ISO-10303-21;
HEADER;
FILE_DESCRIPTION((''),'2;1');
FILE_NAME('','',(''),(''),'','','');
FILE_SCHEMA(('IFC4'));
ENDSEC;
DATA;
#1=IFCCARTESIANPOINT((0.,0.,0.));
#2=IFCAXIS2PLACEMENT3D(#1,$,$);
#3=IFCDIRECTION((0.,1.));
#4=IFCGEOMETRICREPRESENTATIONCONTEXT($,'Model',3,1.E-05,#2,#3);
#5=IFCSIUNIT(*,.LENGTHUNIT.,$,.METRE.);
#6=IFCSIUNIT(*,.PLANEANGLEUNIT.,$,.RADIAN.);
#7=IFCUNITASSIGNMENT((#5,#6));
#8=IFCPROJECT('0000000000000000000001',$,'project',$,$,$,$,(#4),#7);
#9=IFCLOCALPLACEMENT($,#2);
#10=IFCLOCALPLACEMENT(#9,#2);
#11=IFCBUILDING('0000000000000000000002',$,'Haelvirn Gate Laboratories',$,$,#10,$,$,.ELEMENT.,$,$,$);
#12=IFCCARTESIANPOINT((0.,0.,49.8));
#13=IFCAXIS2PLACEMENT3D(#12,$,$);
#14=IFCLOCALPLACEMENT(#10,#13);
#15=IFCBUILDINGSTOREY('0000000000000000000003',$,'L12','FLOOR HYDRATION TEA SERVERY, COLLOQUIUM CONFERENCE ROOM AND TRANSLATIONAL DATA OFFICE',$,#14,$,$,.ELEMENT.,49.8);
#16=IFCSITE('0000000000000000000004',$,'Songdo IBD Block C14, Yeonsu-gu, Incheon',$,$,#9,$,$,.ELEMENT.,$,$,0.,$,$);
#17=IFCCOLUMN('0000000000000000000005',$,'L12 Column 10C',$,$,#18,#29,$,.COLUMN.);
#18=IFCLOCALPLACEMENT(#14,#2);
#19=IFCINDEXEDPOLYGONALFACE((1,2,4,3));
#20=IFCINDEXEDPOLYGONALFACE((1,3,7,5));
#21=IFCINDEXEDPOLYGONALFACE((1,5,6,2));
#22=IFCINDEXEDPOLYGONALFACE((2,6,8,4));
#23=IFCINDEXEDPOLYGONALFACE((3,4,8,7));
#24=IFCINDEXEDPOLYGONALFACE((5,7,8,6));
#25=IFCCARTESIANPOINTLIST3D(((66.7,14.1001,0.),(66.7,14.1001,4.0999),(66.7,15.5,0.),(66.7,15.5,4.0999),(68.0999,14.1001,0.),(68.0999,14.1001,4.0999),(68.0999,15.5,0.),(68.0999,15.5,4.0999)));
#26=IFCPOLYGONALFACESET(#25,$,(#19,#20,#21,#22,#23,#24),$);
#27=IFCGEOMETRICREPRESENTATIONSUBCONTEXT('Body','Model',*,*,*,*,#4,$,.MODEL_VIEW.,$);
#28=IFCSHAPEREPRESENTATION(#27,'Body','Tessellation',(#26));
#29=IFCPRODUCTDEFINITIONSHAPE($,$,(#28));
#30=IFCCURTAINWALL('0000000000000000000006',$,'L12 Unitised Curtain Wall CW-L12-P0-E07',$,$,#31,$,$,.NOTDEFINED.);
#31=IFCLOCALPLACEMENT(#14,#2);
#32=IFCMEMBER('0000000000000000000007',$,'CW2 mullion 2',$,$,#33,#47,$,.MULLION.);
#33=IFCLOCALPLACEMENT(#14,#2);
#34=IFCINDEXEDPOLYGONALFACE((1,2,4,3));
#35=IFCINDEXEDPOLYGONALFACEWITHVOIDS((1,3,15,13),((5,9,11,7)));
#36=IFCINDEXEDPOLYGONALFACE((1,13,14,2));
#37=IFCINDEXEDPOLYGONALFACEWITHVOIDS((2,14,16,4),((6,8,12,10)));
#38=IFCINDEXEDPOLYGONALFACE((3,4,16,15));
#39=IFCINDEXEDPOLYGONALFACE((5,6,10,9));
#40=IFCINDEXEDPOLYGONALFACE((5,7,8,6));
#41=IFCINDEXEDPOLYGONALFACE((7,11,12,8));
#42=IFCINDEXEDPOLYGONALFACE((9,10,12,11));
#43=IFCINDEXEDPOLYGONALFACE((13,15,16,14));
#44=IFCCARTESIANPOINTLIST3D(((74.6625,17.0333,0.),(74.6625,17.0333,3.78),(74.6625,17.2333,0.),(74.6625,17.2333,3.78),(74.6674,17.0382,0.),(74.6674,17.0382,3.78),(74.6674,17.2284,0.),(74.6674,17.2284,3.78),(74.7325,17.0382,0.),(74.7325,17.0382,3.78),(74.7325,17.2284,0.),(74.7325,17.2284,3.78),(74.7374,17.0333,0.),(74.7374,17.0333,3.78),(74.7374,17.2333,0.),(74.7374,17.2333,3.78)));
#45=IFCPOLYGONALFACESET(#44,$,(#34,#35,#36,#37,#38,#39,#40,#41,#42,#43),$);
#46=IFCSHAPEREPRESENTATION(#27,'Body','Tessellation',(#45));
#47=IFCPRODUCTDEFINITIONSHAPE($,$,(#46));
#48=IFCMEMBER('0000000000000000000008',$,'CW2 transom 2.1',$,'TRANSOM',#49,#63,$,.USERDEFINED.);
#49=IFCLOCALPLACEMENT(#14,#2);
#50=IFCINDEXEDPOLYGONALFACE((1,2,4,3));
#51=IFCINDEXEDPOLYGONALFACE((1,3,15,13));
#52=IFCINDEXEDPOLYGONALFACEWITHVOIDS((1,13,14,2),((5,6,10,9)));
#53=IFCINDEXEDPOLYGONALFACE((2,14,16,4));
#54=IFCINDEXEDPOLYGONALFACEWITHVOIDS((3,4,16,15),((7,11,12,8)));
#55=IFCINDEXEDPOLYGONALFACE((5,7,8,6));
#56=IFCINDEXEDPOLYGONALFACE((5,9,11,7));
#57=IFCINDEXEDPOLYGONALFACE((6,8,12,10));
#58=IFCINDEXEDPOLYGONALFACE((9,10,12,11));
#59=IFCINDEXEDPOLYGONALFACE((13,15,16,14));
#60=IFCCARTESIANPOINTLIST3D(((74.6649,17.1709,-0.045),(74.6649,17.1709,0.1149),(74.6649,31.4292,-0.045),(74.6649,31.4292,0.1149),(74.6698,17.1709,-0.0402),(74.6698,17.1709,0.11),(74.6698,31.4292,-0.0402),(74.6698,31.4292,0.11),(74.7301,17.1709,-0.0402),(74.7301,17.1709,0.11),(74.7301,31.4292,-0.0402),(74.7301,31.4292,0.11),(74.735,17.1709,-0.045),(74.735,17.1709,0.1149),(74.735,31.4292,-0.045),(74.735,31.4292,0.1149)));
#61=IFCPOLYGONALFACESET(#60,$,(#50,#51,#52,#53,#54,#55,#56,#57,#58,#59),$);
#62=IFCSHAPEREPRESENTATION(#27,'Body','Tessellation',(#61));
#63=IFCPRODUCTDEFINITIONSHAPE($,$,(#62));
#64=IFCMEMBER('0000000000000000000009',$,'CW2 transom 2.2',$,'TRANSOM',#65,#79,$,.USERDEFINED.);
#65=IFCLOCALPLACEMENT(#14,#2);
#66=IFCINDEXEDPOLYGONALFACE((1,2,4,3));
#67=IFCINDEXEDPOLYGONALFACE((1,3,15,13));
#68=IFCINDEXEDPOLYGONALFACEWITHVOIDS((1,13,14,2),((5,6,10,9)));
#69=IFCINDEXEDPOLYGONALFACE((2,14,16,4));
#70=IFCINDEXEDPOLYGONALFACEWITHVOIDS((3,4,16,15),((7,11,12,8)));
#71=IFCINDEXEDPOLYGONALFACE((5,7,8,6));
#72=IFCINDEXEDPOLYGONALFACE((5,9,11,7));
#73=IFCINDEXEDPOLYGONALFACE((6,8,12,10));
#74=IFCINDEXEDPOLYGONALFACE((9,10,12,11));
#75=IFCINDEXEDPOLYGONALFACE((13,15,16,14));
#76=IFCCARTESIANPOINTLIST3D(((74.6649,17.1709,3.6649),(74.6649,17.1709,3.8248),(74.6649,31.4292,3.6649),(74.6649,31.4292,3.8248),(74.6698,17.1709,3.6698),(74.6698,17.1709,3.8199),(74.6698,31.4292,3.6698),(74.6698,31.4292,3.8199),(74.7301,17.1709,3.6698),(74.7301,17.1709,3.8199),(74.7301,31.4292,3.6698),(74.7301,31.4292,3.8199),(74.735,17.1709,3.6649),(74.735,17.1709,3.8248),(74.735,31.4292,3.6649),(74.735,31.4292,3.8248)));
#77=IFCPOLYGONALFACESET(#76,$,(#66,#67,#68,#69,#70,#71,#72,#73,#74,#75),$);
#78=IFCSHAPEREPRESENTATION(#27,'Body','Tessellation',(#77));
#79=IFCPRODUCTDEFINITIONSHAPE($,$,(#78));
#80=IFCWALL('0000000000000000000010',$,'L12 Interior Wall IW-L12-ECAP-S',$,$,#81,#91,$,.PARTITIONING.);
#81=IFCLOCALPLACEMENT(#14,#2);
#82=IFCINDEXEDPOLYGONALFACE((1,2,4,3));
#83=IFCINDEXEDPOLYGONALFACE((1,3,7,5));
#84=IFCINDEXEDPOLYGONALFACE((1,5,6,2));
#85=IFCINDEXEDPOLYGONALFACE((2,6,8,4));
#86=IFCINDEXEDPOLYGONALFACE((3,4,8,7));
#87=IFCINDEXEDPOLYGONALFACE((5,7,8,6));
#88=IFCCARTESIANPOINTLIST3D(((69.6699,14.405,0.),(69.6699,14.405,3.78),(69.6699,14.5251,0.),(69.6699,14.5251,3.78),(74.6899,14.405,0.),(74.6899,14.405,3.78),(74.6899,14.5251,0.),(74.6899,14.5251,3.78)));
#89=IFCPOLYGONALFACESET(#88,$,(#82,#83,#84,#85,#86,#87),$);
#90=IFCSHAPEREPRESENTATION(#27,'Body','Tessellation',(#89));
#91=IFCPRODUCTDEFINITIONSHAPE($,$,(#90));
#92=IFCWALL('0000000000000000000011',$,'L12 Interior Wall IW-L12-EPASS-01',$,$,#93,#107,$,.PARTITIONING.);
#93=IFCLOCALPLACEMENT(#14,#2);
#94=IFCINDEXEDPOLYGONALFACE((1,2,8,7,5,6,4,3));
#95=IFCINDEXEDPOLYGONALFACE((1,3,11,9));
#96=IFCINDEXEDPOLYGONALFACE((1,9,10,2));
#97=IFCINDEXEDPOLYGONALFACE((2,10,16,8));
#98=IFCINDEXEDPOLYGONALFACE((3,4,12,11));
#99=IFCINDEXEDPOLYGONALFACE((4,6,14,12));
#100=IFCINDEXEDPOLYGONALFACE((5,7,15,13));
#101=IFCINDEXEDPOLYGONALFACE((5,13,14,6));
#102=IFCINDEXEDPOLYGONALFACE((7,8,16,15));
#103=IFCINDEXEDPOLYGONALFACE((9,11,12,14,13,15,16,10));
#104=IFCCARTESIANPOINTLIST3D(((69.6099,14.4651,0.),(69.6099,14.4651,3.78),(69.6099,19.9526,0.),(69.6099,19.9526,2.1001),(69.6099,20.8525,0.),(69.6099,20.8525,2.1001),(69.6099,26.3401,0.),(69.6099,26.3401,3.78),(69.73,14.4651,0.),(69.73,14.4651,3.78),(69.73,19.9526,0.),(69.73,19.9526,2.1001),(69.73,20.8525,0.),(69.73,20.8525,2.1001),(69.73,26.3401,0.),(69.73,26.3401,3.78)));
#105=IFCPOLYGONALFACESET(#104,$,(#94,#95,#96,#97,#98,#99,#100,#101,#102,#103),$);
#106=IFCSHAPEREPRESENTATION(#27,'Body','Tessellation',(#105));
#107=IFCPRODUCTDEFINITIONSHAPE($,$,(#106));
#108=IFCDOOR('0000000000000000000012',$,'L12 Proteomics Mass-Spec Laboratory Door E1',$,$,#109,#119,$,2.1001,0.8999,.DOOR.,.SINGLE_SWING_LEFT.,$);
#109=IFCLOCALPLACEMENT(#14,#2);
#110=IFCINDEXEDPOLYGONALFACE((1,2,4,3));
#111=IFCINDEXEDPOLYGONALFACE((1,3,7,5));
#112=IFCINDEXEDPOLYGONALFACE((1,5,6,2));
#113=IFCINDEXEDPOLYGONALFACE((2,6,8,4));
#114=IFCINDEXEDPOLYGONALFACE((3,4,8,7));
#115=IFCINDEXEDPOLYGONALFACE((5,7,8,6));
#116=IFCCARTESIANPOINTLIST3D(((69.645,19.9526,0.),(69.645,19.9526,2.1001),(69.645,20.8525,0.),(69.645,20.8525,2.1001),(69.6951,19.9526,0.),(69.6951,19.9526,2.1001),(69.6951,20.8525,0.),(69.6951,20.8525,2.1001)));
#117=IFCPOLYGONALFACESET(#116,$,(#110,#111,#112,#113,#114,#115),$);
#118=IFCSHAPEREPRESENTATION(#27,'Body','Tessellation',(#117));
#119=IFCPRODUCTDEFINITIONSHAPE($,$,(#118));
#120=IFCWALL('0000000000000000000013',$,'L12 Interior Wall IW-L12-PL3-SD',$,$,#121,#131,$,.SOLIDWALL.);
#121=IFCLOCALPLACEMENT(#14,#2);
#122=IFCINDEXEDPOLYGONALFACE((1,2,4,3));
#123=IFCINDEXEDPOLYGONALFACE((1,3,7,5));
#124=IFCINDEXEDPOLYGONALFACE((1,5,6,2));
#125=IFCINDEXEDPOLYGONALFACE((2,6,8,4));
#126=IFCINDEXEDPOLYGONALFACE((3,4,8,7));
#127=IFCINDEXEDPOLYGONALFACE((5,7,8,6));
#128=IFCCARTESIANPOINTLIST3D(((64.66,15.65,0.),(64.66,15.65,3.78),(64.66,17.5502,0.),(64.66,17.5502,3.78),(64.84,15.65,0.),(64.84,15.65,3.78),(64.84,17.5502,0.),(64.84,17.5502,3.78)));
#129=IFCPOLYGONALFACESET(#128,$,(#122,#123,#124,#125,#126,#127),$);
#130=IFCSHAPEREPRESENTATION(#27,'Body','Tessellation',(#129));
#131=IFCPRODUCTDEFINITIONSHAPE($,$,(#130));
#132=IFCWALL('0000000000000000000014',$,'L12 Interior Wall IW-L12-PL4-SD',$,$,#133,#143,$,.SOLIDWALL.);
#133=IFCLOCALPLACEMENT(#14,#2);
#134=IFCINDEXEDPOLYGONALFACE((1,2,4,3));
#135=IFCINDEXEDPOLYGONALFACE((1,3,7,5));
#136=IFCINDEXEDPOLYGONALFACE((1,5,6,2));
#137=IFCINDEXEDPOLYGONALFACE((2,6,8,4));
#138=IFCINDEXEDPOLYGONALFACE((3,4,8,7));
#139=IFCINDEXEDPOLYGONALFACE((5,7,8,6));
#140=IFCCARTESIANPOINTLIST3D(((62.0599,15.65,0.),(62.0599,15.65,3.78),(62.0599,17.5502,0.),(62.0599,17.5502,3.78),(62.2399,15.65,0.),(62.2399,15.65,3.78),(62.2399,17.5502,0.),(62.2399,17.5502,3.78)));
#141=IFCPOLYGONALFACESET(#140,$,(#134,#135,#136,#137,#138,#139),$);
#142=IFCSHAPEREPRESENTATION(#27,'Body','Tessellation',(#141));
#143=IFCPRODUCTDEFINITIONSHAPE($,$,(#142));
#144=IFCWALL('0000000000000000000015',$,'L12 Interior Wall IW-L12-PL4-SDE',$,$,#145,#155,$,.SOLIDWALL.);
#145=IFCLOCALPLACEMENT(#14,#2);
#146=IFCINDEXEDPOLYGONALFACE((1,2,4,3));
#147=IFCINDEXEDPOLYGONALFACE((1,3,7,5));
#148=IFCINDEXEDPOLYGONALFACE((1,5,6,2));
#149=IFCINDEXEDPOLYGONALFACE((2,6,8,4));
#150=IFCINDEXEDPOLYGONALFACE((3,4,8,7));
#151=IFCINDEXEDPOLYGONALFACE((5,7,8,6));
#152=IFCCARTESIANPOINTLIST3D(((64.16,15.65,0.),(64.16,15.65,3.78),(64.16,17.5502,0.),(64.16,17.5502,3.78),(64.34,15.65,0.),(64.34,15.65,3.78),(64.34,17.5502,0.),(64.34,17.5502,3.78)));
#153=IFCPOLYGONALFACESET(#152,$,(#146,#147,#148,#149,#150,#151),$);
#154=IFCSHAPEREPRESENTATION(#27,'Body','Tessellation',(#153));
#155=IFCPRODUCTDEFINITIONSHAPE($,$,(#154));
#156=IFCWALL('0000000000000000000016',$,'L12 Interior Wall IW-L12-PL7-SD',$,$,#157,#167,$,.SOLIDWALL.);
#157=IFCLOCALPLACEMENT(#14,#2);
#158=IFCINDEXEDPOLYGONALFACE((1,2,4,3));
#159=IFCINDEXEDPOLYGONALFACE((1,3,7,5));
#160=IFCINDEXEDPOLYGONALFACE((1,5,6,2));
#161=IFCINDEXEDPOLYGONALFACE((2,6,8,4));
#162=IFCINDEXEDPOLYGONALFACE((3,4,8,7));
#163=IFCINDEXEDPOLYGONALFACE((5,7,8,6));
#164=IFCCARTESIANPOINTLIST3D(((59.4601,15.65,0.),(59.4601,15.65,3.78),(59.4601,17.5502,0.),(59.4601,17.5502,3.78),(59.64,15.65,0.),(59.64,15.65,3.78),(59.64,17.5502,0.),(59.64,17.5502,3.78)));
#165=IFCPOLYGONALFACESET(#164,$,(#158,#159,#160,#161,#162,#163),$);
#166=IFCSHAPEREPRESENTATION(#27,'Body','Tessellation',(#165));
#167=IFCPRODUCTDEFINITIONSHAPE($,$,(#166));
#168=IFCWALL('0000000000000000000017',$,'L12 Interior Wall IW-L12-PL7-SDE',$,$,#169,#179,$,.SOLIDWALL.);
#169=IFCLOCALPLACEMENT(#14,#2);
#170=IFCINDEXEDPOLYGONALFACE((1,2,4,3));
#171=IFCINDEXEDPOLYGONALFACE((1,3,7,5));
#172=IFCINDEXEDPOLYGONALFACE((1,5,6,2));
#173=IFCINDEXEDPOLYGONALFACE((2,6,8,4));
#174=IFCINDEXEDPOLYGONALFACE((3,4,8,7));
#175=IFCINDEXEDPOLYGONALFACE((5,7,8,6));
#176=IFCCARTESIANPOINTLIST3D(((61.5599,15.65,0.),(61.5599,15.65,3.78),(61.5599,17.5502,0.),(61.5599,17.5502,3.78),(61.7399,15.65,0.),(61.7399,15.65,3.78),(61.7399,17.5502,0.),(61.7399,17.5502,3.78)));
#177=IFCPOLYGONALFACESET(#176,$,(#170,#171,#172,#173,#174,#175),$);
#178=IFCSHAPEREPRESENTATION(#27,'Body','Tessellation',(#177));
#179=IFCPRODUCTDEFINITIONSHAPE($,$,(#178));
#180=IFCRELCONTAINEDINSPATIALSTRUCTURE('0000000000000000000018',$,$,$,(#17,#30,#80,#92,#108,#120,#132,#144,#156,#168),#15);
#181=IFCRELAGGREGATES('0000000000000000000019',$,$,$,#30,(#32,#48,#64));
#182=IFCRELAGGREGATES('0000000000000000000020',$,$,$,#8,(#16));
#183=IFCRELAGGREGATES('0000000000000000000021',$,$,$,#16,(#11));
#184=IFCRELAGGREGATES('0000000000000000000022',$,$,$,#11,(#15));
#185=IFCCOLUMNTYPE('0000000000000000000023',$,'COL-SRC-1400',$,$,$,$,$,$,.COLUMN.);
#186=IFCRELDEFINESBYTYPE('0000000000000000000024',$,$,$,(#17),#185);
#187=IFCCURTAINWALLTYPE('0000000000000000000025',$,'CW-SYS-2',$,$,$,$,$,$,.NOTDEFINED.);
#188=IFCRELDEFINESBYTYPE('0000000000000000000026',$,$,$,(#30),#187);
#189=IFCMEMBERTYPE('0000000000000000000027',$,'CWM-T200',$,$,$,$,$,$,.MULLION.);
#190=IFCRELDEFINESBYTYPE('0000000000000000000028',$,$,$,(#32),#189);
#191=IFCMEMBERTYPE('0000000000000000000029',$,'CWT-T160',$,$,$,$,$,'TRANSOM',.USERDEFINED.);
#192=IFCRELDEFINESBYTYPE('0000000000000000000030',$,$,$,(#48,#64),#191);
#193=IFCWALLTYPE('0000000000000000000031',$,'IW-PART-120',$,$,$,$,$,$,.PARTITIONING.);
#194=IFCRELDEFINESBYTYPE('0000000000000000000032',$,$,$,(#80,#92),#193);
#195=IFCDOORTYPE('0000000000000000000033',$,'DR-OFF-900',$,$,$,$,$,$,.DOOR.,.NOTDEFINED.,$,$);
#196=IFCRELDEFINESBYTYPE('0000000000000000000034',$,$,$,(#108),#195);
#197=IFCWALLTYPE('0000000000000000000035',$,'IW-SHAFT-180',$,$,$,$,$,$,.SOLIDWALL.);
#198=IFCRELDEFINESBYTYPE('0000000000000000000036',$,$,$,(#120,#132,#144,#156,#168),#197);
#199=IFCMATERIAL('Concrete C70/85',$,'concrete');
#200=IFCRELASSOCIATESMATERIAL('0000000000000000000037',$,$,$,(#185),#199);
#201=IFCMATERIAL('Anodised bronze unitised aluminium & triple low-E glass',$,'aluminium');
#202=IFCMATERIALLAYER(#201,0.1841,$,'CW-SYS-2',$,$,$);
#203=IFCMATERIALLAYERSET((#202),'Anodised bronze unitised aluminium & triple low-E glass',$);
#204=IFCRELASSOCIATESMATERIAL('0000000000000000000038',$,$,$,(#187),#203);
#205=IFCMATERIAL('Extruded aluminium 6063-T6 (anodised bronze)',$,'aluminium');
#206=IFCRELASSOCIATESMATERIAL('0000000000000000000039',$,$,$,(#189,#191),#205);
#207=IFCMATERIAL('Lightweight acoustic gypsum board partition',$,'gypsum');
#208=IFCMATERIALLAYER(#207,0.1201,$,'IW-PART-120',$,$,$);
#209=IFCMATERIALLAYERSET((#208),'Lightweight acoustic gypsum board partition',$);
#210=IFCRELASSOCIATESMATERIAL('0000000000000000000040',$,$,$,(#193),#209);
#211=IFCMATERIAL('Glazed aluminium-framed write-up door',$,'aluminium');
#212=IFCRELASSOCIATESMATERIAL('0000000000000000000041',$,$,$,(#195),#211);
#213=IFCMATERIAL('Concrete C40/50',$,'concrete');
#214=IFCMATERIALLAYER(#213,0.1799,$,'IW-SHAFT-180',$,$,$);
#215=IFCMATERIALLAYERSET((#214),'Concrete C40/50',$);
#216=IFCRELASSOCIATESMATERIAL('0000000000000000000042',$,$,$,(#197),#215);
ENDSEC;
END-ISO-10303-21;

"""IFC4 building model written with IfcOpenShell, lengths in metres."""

from ifc_helpers import new_model, si_unit, direction, frame, frame_2d, origin, origin_2d, place, context, subcontext, project, spatial, rectangle, hollow_rectangle, extrude, source, transform, mapped, material, layer, layer_set, material_profile, profile_set, type_object, type_shapes, element, fill, aggregate, save


model = new_model("IFC4")

# Units and contexts
model_context = context("Model", 3, precision=1e-05, world=origin(), true_north=direction((0.0, 1.0)))
body_context = subcontext(model_context, "Body", "Model", "MODEL_VIEW")
ifc_project = project(units=[si_unit("LENGTHUNIT", "METRE"), si_unit("PLANEANGLEUNIT", "RADIAN")], contexts=[model_context])

# Site, building, storey
site_placement = place(None, origin())
site = spatial("IfcSite", under=ifc_project, at=site_placement, Name="Songdo IBD Block C14, Yeonsu-gu, Incheon", CompositionType="ELEMENT", RefElevation=0.0)
building_placement = place(site_placement, origin())
building = spatial("IfcBuilding", under=site, at=building_placement, Name="Haelvirn Gate Laboratories", CompositionType="ELEMENT")
storey_placement = place(building_placement, frame((0.0, 0.0, 49.8)))
storey = spatial("IfcBuildingStorey", under=building, at=storey_placement, Name="L12", Description="FLOOR HYDRATION TEA SERVERY, COLLOQUIUM CONFERENCE ROOM AND TRANSLATIONAL DATA OFFICE", CompositionType="ELEMENT", Elevation=49.8)

# Column
ifc_material_1 = material(Name="Concrete C70/85", Category="concrete")
ifc_material_profile_1 = material_profile(ifc_material_1, rectangle(XDim=1.3999, YDim=1.3999, at=origin_2d()), Name="SRC-1400x1400")
ifc_profile_set_1 = profile_set([ifc_material_profile_1], Name="Concrete C70/85")
column_type = type_object("IfcColumnType", Name="COL-SRC-1400", PredefinedType="COLUMN", material=ifc_profile_set_1)
shared_shape_1 = source(origin(), body_context, "Body", "SweptSolid", [
    extrude(rectangle(XDim=1.3999, YDim=1.3999, at=origin_2d()), origin(), (0.0, 0.0, 1.0), 4.0999),
])
type_shapes(column_type, [shared_shape_1])
column_placement = place(storey_placement, frame((67.3999, 14.8, 0.0), z_axis=(0.0, 0.0, 1.0), x_axis=(1.0, 0.0, 0.0)))
element("IfcColumn", 1, at=column_placement, inside=storey, type_object=column_type, Name="L12 Column 10C", PredefinedType="COLUMN", context=body_context, shape_type="MappedRepresentation", body=[
    mapped(shared_shape_1, transform((0.0, 0.0, 0.0), scale=1.0)),
])

# Curtain wall, members
ifc_material_2 = material(Name="Anodised bronze unitised aluminium & triple low-E glass", Category="aluminium")
ifc_layer_1 = layer(ifc_material_2, 0.1841, Name="CW-SYS-2")
ifc_layer_set_1 = layer_set([ifc_layer_1], Name="Anodised bronze unitised aluminium & triple low-E glass")
curtain_wall_type = type_object("IfcCurtainWallType", Name="CW-SYS-2", PredefinedType="NOTDEFINED", material=ifc_layer_set_1)
curtain_wall_placement = place(storey_placement, origin())
curtain_wall = element("IfcCurtainWall", 2, at=curtain_wall_placement, inside=storey, type_object=curtain_wall_type, Name="L12 Unitised Curtain Wall CW-L12-P0-E07", PredefinedType="NOTDEFINED")
ifc_material_3 = material(Name="Extruded aluminium 6063-T6 (anodised bronze)", Category="aluminium")
ifc_material_profile_2 = material_profile(ifc_material_3, hollow_rectangle(XDim=0.075, YDim=0.2, WallThickness=0.0049, at=origin_2d()), Name="CWM-200x75x5")
ifc_profile_set_2 = profile_set([ifc_material_profile_2], Name="Extruded aluminium 6063-T6 (anodised bronze)")
member_type_1 = type_object("IfcMemberType", Name="CWM-T200", PredefinedType="MULLION", material=ifc_profile_set_2)
shared_shape_2 = source(origin(), body_context, "Body", "SweptSolid", [
    extrude(hollow_rectangle(XDim=0.075, YDim=0.2, WallThickness=0.0049, at=origin_2d()), origin(), (0.0, 0.0, 1.0), 3.78),
])
type_shapes(member_type_1, [shared_shape_2])
member_1_placement = place(storey_placement, frame((74.7, 17.1333, 0.0), z_axis=(0.0, 0.0, 1.0), x_axis=(-1.0, 0.0, 0.0)))
member_1 = element("IfcMember", 3, at=member_1_placement, type_object=member_type_1, Name="CW2 mullion 2", PredefinedType="MULLION", context=body_context, shape_type="MappedRepresentation", body=[
    mapped(shared_shape_2, transform((0.0, 0.0, 0.0), scale=1.0)),
])
ifc_material_profile_3 = material_profile(ifc_material_3, hollow_rectangle(XDim=0.0701, YDim=0.1599, WallThickness=0.0049, at=origin_2d()), Name="CWT-160x70x5")
ifc_profile_set_3 = profile_set([ifc_material_profile_3], Name="Extruded aluminium 6063-T6 (anodised bronze)")
member_type_2 = type_object("IfcMemberType", Name="CWT-T160", ElementType="TRANSOM", PredefinedType="USERDEFINED", material=ifc_profile_set_3)
shared_shape_3 = source(origin(), body_context, "Body", "SweptSolid", [
    extrude(hollow_rectangle(XDim=0.0701, YDim=0.1599, WallThickness=0.0049, at=origin_2d()), origin(), (0.0, 0.0, 1.0), 14.2583),
])
type_shapes(member_type_2, [shared_shape_3])
member_2_placement = place(storey_placement, frame((74.7, 17.1709, 0.0349), z_axis=(0.0, 1.0, 0.0), x_axis=(-1.0, 0.0, 0.0)))
member_2 = element("IfcMember", 4, at=member_2_placement, type_object=member_type_2, Name="CW2 transom 2.1", ObjectType="TRANSOM", PredefinedType="USERDEFINED", context=body_context, shape_type="MappedRepresentation", body=[
    mapped(shared_shape_3, transform((0.0, 0.0, 0.0), scale=1.0)),
])
member_3_placement = place(storey_placement, frame((74.7, 17.1709, 3.7449), z_axis=(0.0, 1.0, 0.0), x_axis=(-1.0, 0.0, 0.0)))
member_3 = element("IfcMember", 5, at=member_3_placement, type_object=member_type_2, Name="CW2 transom 2.2", ObjectType="TRANSOM", PredefinedType="USERDEFINED", context=body_context, shape_type="MappedRepresentation", body=[
    mapped(shared_shape_3, transform((0.0, 0.0, 0.0), scale=1.0)),
])
aggregate(curtain_wall, [member_1, member_2, member_3])

# Wall
ifc_material_4 = material(Name="Lightweight acoustic gypsum board partition", Category="gypsum")
ifc_layer_2 = layer(ifc_material_4, 0.1201, Name="IW-PART-120")
ifc_layer_set_2 = layer_set([ifc_layer_2], Name="Lightweight acoustic gypsum board partition")
wall_type_1 = type_object("IfcWallType", Name="IW-PART-120", PredefinedType="PARTITIONING", material=ifc_layer_set_2)
wall_1_placement = place(storey_placement, frame((69.6699, 14.4651, 0.0), z_axis=(0.0, 0.0, 1.0), x_axis=(1.0, 0.0, 0.0)))
element("IfcWall", 6, at=wall_1_placement, inside=storey, type_object=wall_type_1, Name="L12 Interior Wall IW-L12-ECAP-S", PredefinedType="PARTITIONING", context=body_context, shape_type="SweptSolid", body=[
    extrude(rectangle(XDim=5.02, YDim=0.1201, at=frame_2d((2.51, 0.0))), origin(), (0.0, 0.0, 1.0), 3.78),
])

# Wall, opening, door
wall_2_placement = place(storey_placement, frame((69.6699, 14.4651, 0.0), z_axis=(0.0, 0.0, 1.0), x_axis=(0.0, 1.0, 0.0)))
wall_2 = element("IfcWall", 7, at=wall_2_placement, inside=storey, type_object=wall_type_1, Name="L12 Interior Wall IW-L12-EPASS-01", PredefinedType="PARTITIONING", context=body_context, shape_type="SweptSolid", body=[
    extrude(rectangle(XDim=11.875, YDim=0.1201, at=frame_2d((5.9375, 0.0))), origin(), (0.0, 0.0, 1.0), 3.78),
])
opening_1_placement = place(wall_2_placement, frame((5.4875, 0.0, 0.0)))
opening_1 = element("IfcOpeningElement", 8, at=opening_1_placement, cuts=wall_2, PredefinedType="OPENING", context=body_context, shape_type="SweptSolid", body=[
    extrude(rectangle(XDim=0.8999, YDim=2.1001, at=frame_2d((0.45, 1.05))), frame((0.0, 0.0701, 0.0), z_axis=(0.0, -1.0, 0.0), x_axis=(1.0, 0.0, 0.0)), (0.0, 0.0, 1.0), 0.1401),
])
ifc_material_5 = material(Name="Glazed aluminium-framed write-up door", Category="aluminium")
door_type_1 = type_object("IfcDoorType", Name="DR-OFF-900", OperationType="NOTDEFINED", PredefinedType="DOOR", material=ifc_material_5)
shared_shape_4 = source(origin(), body_context, "Body", "SweptSolid", [
    extrude(rectangle(XDim=0.8999, YDim=2.1001, at=frame_2d((0.45, 1.05))), frame((0.0, 0.0249, 0.0), z_axis=(0.0, -1.0, 0.0), x_axis=(1.0, 0.0, 0.0)), (0.0, 0.0, 1.0), 0.05),
])
type_shapes(door_type_1, [shared_shape_4])
door_1_placement = place(opening_1_placement, origin())
door_1 = element("IfcDoor", 9, at=door_1_placement, inside=storey, type_object=door_type_1, Name="L12 Proteomics Mass-Spec Laboratory Door E1", OperationType="SINGLE_SWING_LEFT", OverallHeight=2.1001, OverallWidth=0.8999, PredefinedType="DOOR", context=body_context, shape_type="MappedRepresentation", body=[
    mapped(shared_shape_4, transform((0.0, 0.0, 0.0), scale=1.0)),
])
fill(opening_1, door_1)

# Walls
ifc_material_6 = material(Name="Concrete C40/50", Category="concrete")
ifc_layer_3 = layer(ifc_material_6, 0.1799, Name="IW-SHAFT-180")
ifc_layer_set_3 = layer_set([ifc_layer_3], Name="Concrete C40/50")
wall_type_2 = type_object("IfcWallType", Name="IW-SHAFT-180", PredefinedType="SOLIDWALL", material=ifc_layer_set_3)
for number, where, z_axis, x_axis, name in (
    (10, (64.75, 15.6499, 0.0), (0.0, 0.0, 1.0), (0.0, 1.0, 0.0), "L12 Interior Wall IW-L12-PL3-SD"),
    (11, (62.1499, 15.6499, 0.0), (0.0, 0.0, 1.0), (0.0, 1.0, 0.0), "L12 Interior Wall IW-L12-PL4-SD"),
    (12, (64.25, 15.6499, 0.0), (0.0, 0.0, 1.0), (0.0, 1.0, 0.0), "L12 Interior Wall IW-L12-PL4-SDE"),
    (13, (59.55, 15.6499, 0.0), (0.0, 0.0, 1.0), (0.0, 1.0, 0.0), "L12 Interior Wall IW-L12-PL7-SD"),
    (14, (61.6499, 15.6499, 0.0), (0.0, 0.0, 1.0), (0.0, 1.0, 0.0), "L12 Interior Wall IW-L12-PL7-SDE"),
):
    element("IfcWall", number, at=place(storey_placement, frame(where, z_axis=z_axis, x_axis=x_axis)), inside=storey, type_object=wall_type_2, Name=name, PredefinedType="SOLIDWALL", context=body_context, shape_type="SweptSolid", body=[
        extrude(rectangle(XDim=1.9001, YDim=0.1799, at=frame_2d((0.9502, 0.0))), origin(), (0.0, 0.0, 1.0), 3.78),
    ])

save(model, "model.ifc")
